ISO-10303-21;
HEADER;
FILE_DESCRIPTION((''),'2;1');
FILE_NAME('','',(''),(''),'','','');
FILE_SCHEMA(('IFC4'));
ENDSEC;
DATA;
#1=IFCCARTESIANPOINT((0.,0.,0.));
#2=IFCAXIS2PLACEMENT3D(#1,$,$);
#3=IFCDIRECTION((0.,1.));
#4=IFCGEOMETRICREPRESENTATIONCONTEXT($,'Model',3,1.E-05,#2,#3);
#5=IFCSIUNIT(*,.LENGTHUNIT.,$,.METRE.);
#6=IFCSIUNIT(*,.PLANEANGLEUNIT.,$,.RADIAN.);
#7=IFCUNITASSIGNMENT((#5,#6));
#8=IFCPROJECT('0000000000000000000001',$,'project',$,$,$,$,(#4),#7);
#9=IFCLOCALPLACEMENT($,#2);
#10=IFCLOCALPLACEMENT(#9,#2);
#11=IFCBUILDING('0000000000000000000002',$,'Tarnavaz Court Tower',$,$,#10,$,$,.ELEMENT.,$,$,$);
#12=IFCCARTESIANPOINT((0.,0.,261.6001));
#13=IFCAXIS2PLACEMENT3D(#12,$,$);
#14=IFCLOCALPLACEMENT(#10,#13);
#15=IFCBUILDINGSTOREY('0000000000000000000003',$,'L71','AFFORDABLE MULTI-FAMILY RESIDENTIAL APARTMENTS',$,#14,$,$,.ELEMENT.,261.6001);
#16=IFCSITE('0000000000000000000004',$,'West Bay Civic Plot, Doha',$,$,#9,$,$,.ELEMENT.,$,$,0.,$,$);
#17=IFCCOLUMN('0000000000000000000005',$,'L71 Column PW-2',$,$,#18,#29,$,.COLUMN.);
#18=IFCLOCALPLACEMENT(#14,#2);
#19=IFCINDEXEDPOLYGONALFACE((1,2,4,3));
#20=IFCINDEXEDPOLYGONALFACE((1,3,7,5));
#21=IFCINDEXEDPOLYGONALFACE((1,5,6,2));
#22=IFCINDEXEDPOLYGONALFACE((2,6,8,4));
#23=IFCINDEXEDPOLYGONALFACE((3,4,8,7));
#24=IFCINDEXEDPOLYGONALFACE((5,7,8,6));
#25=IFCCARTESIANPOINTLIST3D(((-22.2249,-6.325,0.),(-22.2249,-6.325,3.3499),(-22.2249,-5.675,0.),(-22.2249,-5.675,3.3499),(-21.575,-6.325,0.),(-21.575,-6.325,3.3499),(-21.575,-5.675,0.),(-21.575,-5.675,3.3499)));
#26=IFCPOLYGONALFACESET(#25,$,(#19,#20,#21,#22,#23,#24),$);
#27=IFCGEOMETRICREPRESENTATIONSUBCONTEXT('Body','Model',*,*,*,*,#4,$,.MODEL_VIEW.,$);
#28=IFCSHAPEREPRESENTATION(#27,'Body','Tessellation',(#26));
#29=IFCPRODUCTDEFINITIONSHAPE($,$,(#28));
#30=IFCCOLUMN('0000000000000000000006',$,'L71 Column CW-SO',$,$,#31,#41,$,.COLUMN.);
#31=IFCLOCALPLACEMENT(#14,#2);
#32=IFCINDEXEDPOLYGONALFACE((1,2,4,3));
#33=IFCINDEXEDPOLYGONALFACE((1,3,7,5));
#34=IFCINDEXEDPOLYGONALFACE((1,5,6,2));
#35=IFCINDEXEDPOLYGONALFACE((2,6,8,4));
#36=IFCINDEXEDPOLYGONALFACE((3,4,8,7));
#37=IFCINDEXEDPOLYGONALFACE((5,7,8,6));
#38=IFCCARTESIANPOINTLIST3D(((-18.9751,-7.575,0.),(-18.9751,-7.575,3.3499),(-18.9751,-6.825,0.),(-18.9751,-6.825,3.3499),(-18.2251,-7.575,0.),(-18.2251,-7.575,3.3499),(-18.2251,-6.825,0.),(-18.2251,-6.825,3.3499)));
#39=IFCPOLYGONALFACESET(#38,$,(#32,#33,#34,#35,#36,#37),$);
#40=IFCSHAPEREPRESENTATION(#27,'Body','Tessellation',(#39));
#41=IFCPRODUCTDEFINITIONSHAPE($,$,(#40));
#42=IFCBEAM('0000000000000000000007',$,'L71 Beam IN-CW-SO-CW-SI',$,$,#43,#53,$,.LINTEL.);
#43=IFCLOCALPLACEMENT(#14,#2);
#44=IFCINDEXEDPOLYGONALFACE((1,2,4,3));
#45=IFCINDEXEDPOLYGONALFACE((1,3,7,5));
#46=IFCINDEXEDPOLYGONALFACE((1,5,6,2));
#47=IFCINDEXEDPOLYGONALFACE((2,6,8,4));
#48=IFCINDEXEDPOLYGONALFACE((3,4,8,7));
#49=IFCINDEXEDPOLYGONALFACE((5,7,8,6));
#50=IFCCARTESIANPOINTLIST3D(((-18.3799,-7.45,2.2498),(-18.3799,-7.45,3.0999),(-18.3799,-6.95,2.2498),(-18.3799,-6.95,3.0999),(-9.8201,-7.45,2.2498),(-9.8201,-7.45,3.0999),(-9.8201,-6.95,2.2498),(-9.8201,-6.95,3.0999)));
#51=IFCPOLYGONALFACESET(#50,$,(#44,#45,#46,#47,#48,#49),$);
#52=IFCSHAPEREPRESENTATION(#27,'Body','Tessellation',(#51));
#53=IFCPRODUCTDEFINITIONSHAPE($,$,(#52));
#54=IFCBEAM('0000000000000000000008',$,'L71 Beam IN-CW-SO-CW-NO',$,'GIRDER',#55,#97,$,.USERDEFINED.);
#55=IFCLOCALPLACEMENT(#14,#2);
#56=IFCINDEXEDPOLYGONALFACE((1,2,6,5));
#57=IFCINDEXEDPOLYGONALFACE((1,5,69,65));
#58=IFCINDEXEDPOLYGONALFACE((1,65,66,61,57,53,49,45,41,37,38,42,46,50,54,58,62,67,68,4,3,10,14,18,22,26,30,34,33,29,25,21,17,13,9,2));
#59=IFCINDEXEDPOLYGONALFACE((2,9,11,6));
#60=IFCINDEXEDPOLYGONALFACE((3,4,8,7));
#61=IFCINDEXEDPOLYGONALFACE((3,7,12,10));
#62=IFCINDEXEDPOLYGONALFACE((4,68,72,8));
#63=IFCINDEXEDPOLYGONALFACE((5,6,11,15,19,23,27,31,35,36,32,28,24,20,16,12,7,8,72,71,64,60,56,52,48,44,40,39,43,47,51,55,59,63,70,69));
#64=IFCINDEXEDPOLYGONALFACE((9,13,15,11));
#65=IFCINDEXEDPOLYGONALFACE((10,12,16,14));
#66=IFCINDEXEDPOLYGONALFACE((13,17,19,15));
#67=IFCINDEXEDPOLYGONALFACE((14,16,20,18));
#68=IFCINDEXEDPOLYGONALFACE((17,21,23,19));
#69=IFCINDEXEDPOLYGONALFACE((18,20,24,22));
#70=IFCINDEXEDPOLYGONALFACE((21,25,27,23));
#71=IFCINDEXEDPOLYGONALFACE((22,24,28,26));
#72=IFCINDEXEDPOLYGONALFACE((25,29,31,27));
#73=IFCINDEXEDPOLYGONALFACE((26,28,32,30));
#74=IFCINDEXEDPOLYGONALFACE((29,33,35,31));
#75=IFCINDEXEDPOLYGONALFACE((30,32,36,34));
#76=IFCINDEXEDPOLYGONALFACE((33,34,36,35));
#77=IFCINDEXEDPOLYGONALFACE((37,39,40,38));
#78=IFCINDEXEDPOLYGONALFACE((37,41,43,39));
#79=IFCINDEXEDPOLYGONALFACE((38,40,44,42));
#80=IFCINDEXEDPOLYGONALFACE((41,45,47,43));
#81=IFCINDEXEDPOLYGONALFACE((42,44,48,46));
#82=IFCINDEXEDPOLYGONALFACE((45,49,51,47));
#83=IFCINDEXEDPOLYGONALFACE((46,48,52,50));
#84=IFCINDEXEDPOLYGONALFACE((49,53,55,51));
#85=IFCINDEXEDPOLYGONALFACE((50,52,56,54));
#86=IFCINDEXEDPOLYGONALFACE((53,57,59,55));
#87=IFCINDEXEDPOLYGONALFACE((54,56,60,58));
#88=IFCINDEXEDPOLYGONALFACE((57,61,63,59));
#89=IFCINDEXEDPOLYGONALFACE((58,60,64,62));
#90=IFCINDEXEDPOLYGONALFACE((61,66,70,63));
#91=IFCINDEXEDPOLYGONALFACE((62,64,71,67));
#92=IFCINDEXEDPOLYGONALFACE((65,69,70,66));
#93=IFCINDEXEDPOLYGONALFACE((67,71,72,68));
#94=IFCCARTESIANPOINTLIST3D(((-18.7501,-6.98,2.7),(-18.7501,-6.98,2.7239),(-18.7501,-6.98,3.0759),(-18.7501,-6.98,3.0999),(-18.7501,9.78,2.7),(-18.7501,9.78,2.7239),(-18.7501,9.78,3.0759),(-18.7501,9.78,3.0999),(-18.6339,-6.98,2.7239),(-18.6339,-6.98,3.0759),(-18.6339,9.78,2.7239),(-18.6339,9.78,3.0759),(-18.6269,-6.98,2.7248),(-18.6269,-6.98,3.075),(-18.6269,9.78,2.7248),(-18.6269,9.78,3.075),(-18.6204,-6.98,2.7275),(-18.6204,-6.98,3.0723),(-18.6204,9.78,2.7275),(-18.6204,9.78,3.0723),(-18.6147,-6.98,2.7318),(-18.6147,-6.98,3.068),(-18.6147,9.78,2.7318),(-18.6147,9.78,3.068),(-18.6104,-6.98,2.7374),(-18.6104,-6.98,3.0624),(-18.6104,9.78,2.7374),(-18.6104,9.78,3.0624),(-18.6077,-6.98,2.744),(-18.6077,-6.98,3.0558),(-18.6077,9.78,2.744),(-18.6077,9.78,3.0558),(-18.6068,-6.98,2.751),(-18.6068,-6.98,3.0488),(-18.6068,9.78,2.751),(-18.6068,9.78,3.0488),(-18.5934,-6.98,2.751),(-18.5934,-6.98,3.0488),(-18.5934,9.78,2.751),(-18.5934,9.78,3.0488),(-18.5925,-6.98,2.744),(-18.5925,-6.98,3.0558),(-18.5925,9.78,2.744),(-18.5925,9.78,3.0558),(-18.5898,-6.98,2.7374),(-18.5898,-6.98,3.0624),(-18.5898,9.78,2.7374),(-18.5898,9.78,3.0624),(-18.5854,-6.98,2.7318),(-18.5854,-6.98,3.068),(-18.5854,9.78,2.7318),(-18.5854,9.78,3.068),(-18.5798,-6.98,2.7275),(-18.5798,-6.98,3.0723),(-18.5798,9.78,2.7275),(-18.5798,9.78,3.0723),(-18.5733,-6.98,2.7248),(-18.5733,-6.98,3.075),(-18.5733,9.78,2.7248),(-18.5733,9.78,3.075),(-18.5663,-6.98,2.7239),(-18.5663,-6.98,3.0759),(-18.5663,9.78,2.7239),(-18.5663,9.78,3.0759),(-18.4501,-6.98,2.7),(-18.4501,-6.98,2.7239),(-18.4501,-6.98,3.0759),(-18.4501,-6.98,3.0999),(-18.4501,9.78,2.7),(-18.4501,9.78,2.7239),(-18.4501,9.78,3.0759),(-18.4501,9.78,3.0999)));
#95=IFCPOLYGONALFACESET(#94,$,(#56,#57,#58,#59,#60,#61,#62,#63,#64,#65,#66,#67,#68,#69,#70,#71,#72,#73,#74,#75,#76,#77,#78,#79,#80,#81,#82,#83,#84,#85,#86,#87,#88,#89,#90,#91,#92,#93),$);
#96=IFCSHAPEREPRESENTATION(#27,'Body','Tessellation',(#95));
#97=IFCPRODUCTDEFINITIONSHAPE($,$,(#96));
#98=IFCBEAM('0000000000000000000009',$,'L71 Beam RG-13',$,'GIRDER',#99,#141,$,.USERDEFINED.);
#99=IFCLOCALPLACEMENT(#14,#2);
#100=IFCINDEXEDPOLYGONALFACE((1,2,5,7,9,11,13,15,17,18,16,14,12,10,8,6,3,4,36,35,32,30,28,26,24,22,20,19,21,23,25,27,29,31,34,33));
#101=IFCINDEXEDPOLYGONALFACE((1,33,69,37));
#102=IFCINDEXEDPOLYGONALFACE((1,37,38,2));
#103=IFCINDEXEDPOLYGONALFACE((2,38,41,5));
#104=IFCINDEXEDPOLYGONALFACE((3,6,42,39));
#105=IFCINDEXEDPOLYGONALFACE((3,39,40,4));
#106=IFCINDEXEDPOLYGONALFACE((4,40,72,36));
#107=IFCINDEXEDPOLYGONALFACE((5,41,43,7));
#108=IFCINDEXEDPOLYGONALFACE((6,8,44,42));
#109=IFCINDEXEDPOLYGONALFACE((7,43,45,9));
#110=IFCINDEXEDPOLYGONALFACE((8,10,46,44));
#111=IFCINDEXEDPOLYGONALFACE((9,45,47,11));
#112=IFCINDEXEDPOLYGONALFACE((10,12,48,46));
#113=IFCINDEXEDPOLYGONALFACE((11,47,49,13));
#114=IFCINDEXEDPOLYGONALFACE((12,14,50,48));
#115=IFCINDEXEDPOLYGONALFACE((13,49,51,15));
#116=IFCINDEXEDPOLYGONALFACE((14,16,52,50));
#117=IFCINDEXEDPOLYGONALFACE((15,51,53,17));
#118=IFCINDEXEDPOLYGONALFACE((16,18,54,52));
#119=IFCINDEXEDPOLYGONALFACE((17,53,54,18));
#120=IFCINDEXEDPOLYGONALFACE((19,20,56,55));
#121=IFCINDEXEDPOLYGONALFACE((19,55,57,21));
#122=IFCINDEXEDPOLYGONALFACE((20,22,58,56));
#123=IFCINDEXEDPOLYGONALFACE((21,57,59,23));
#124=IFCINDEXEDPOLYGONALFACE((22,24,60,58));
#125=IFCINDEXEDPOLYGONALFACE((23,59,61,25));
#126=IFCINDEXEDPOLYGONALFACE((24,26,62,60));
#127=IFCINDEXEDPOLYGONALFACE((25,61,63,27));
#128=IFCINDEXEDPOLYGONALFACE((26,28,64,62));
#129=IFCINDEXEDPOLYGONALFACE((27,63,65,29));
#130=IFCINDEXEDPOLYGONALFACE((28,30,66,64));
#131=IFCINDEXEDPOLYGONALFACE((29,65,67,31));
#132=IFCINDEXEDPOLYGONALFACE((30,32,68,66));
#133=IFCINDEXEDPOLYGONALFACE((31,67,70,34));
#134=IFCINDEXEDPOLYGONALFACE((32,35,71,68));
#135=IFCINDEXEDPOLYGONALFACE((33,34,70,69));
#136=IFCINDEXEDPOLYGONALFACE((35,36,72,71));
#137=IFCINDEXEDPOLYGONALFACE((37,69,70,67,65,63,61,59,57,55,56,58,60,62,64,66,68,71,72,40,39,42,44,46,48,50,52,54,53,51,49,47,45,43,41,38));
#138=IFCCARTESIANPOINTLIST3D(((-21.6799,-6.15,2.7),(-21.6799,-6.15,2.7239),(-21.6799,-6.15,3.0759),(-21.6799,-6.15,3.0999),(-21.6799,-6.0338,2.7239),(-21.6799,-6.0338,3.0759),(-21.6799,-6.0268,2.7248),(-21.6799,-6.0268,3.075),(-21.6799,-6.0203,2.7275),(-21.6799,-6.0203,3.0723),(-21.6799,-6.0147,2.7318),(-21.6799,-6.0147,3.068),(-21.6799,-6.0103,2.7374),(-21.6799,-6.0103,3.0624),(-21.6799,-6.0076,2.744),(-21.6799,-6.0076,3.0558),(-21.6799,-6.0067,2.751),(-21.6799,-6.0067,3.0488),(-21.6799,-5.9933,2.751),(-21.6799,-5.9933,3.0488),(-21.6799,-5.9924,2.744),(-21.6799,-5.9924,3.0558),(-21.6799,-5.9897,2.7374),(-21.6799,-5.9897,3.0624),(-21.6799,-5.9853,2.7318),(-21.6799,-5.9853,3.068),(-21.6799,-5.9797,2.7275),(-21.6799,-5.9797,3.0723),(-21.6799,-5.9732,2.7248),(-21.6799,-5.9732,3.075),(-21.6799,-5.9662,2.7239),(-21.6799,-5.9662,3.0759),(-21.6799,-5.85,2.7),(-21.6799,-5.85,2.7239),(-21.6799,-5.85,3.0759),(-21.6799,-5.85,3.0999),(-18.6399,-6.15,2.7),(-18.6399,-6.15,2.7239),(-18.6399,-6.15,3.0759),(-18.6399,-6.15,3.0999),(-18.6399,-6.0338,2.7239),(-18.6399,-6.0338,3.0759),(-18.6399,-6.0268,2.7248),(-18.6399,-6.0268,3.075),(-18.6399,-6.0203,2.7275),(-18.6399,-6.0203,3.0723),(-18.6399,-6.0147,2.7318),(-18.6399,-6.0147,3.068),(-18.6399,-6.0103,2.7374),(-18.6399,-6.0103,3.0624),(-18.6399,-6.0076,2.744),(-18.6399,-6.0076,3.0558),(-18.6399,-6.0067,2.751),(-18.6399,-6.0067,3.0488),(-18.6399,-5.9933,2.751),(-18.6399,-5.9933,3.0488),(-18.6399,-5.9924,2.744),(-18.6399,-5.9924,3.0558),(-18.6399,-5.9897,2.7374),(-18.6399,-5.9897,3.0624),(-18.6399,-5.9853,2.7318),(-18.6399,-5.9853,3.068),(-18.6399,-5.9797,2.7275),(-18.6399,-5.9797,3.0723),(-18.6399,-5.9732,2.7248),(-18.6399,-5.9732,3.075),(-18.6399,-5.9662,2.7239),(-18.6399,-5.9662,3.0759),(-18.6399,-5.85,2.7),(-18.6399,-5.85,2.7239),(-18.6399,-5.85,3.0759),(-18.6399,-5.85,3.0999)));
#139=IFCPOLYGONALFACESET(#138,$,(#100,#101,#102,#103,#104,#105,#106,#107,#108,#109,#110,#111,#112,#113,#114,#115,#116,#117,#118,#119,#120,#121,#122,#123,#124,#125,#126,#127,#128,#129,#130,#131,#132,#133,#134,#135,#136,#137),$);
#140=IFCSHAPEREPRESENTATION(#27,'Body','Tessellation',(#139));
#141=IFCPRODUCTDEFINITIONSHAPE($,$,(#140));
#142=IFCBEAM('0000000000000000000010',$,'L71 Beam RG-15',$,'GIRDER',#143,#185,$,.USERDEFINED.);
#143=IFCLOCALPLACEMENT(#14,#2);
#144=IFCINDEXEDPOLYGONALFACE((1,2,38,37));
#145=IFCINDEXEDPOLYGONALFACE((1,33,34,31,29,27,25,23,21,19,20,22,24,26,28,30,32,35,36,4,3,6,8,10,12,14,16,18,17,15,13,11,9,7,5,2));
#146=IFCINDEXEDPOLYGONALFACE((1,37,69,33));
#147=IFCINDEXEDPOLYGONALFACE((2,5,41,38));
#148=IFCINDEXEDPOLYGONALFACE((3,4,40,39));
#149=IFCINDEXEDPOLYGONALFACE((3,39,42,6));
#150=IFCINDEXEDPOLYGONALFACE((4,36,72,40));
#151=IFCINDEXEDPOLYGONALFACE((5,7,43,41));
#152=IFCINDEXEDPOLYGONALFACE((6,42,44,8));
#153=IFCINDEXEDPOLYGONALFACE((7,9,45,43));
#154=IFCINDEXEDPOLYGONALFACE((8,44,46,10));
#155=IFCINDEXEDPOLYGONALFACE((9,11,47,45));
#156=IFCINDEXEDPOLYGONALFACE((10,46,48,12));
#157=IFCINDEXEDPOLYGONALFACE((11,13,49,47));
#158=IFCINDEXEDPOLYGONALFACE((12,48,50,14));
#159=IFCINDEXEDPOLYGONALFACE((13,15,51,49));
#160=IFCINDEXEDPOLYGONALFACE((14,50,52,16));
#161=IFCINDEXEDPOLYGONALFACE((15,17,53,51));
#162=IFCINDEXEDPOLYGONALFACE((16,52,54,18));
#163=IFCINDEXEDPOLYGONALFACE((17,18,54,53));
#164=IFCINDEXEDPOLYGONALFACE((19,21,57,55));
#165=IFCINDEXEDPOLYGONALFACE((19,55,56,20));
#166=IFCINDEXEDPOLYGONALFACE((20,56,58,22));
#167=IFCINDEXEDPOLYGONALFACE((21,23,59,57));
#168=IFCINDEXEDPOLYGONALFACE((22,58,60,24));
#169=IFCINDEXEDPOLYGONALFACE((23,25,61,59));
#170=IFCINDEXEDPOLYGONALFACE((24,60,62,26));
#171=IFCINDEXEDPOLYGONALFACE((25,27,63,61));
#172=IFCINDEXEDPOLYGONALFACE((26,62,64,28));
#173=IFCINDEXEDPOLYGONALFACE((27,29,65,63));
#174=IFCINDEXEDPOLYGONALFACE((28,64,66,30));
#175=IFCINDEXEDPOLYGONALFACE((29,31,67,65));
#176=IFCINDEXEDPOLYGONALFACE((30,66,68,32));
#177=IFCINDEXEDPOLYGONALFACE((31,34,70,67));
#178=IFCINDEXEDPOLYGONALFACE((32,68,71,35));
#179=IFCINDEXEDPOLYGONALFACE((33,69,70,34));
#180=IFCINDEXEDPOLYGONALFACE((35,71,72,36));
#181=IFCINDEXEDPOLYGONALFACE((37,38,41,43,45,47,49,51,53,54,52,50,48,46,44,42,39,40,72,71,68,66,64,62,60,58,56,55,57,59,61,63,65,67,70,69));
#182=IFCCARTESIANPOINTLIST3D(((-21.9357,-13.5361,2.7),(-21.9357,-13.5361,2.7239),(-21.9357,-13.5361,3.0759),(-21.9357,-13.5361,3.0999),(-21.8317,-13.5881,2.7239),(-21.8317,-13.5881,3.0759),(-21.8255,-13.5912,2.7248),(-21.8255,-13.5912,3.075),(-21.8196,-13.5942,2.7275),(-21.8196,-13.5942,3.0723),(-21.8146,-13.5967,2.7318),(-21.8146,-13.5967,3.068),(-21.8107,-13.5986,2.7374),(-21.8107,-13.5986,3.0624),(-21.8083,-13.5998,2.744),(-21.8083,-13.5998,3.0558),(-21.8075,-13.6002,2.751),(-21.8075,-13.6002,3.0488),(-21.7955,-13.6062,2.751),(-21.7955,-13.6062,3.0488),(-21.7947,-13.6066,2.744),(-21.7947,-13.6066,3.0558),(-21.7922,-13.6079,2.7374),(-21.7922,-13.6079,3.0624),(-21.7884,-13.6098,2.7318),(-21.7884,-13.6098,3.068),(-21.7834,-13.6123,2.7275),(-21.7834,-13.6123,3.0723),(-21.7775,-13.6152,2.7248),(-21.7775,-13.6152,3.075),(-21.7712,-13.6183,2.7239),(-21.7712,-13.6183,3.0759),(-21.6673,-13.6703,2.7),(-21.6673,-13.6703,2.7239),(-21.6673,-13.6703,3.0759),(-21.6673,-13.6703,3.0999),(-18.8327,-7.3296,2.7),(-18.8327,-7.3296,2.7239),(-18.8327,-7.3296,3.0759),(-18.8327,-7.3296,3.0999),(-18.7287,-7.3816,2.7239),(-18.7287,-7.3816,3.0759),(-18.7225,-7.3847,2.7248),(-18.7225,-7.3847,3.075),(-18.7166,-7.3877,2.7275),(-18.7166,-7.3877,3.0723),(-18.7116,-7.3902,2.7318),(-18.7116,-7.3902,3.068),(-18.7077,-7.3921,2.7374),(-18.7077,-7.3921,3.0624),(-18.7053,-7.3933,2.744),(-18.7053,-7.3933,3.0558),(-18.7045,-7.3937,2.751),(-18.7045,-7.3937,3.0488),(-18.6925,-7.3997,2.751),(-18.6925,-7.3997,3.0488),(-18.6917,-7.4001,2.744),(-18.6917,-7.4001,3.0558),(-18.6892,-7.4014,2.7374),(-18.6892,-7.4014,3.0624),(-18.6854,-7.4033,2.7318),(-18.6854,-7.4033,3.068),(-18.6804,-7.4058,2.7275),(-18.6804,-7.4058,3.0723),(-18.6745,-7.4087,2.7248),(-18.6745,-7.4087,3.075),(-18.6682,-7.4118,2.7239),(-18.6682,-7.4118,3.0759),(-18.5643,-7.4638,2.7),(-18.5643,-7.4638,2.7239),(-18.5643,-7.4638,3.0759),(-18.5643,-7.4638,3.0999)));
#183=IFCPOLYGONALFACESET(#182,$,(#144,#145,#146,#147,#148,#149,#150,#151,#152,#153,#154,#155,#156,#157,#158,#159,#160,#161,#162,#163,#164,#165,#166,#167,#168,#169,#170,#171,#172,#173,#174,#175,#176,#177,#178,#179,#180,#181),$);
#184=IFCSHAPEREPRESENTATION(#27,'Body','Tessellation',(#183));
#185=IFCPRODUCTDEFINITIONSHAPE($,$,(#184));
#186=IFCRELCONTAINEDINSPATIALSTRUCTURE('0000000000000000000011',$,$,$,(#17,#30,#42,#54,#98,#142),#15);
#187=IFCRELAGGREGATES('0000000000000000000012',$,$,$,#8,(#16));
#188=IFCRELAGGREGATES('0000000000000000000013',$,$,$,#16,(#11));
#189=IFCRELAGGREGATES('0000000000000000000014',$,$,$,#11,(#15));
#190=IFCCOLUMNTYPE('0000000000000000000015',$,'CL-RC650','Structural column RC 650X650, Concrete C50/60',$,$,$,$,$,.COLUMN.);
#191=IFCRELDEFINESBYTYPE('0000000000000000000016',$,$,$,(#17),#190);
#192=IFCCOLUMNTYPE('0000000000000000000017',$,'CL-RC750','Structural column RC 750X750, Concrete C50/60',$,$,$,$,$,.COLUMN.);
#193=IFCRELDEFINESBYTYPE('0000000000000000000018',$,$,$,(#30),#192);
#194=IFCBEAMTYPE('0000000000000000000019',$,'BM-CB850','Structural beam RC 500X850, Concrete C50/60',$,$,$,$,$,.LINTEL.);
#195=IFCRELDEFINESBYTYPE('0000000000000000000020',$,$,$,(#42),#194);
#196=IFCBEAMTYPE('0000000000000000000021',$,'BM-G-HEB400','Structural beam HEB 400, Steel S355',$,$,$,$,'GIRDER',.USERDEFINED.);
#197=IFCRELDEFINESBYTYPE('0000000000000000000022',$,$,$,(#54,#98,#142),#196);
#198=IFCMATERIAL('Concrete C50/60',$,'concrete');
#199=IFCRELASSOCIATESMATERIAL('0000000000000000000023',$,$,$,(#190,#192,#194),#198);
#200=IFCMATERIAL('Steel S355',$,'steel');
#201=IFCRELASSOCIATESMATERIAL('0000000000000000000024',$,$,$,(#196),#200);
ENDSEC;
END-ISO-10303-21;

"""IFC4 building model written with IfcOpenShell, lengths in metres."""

from ifc_helpers import new_model, si_unit, direction, frame, origin, origin_2d, place, context, subcontext, project, spatial, rectangle, i_section, extrude, material, material_profile, profile_set, type_object, element, save


model = new_model("IFC4")

# Units and contexts
model_context = context("Model", 3, precision=1e-05, world=origin(), true_north=direction((0.0, 1.0)))
body_context = subcontext(model_context, "Body", "Model", "MODEL_VIEW")
ifc_project = project(units=[si_unit("LENGTHUNIT", "METRE"), si_unit("PLANEANGLEUNIT", "RADIAN")], contexts=[model_context])

# Site, building, storey
site_placement = place(None, origin())
site = spatial("IfcSite", under=ifc_project, at=site_placement, Name="West Bay Civic Plot, Doha", CompositionType="ELEMENT", RefElevation=0.0)
building_placement = place(site_placement, origin())
building = spatial("IfcBuilding", under=site, at=building_placement, Name="Tarnavaz Court Tower", CompositionType="ELEMENT")
storey_placement = place(building_placement, frame((0.0, 0.0, 261.6001)))
storey = spatial("IfcBuildingStorey", under=building, at=storey_placement, Name="L71", Description="AFFORDABLE MULTI-FAMILY RESIDENTIAL APARTMENTS", CompositionType="ELEMENT", Elevation=261.6001)

# Columns
ifc_material_1 = material(Name="Concrete C50/60", Category="concrete")
ifc_material_profile_1 = material_profile(ifc_material_1, rectangle(XDim=0.6499, YDim=0.6499, at=origin_2d()), Name="RC 650X650")
ifc_profile_set_1 = profile_set([ifc_material_profile_1], Name="Concrete C50/60")
column_type_1 = type_object("IfcColumnType", Name="CL-RC650", Description="Structural column RC 650X650, Concrete C50/60", PredefinedType="COLUMN", material=ifc_profile_set_1)
column_1_placement = place(storey_placement, frame((-21.8999, -6.0, 0.0), z_axis=(0.0, 0.0, 1.0), x_axis=(1.0, 0.0, 0.0)))
element("IfcColumn", 1, at=column_1_placement, inside=storey, type_object=column_type_1, Name="L71 Column PW-2", PredefinedType="COLUMN", context=body_context, shape_type="SweptSolid", body=[
    extrude(rectangle(XDim=0.6499, YDim=0.6499, at=origin_2d()), origin(), (0.0, 0.0, 1.0), 3.3499),
])
ifc_material_profile_2 = material_profile(ifc_material_1, rectangle(XDim=0.75, YDim=0.75, at=origin_2d()), Name="RC 750X750")
ifc_profile_set_2 = profile_set([ifc_material_profile_2], Name="Concrete C50/60")
column_type_2 = type_object("IfcColumnType", Name="CL-RC750", Description="Structural column RC 750X750, Concrete C50/60", PredefinedType="COLUMN", material=ifc_profile_set_2)
column_2_placement = place(storey_placement, frame((-18.6001, -7.2, 0.0), z_axis=(0.0, 0.0, 1.0), x_axis=(1.0, 0.0, 0.0)))
element("IfcColumn", 2, at=column_2_placement, inside=storey, type_object=column_type_2, Name="L71 Column CW-SO", PredefinedType="COLUMN", context=body_context, shape_type="SweptSolid", body=[
    extrude(rectangle(XDim=0.75, YDim=0.75, at=origin_2d()), origin(), (0.0, 0.0, 1.0), 3.3499),
])

# Beams
ifc_material_profile_3 = material_profile(ifc_material_1, rectangle(XDim=0.5, YDim=0.8501, at=origin_2d()), Name="RC 500X850")
ifc_profile_set_3 = profile_set([ifc_material_profile_3], Name="Concrete C50/60")
beam_type_1 = type_object("IfcBeamType", Name="BM-CB850", Description="Structural beam RC 500X850, Concrete C50/60", PredefinedType="LINTEL", material=ifc_profile_set_3)
beam_1_placement = place(storey_placement, frame((-18.3799, -7.2, 2.6748), z_axis=(1.0, 0.0, 0.0), x_axis=(0.0, 1.0, 0.0)))
element("IfcBeam", 3, at=beam_1_placement, inside=storey, type_object=beam_type_1, Name="L71 Beam IN-CW-SO-CW-SI", PredefinedType="LINTEL", context=body_context, shape_type="SweptSolid", body=[
    extrude(rectangle(XDim=0.5, YDim=0.8501, at=origin_2d()), origin(), (0.0, 0.0, 1.0), 8.5598),
])
ifc_material_2 = material(Name="Steel S355", Category="steel")
ifc_material_profile_4 = material_profile(ifc_material_2, i_section(OverallWidth=0.3, OverallDepth=0.3999, WebThickness=0.0134, FlangeThickness=0.0239, FilletRadius=0.0271, at=origin_2d()), Name="HEB 400")
ifc_profile_set_4 = profile_set([ifc_material_profile_4], Name="Steel S355")
beam_type_2 = type_object("IfcBeamType", Name="BM-G-HEB400", Description="Structural beam HEB 400, Steel S355", ElementType="GIRDER", PredefinedType="USERDEFINED", material=ifc_profile_set_4)
beam_2_placement = place(storey_placement, frame((-18.6001, -6.98, 2.8999), z_axis=(0.0, 1.0, 0.0), x_axis=(-1.0, 0.0, 0.0)))
element("IfcBeam", 4, at=beam_2_placement, inside=storey, type_object=beam_type_2, Name="L71 Beam IN-CW-SO-CW-NO", ObjectType="GIRDER", PredefinedType="USERDEFINED", context=body_context, shape_type="SweptSolid", body=[
    extrude(i_section(OverallWidth=0.3, OverallDepth=0.3999, WebThickness=0.0134, FlangeThickness=0.0239, FilletRadius=0.0271, at=origin_2d()), origin(), (0.0, 0.0, 1.0), 16.76),
])
beam_3_placement = place(storey_placement, frame((-18.6399, -6.0, 2.8999), z_axis=(-1.0, 0.0, 0.0), x_axis=(0.0, -1.0, 0.0)))
element("IfcBeam", 5, at=beam_3_placement, inside=storey, type_object=beam_type_2, Name="L71 Beam RG-13", ObjectType="GIRDER", PredefinedType="USERDEFINED", context=body_context, shape_type="SweptSolid", body=[
    extrude(i_section(OverallWidth=0.3, OverallDepth=0.3999, WebThickness=0.0134, FlangeThickness=0.0239, FilletRadius=0.0271, at=origin_2d()), origin(), (0.0, 0.0, 1.0), 3.04),
])
beam_4_placement = place(storey_placement, frame((-18.6985, -7.3967, 2.8999), z_axis=(-0.447185, -0.894441, 0.0), x_axis=(0.894441, -0.447185, 0.0)))
element("IfcBeam", 6, at=beam_4_placement, inside=storey, type_object=beam_type_2, Name="L71 Beam RG-15", ObjectType="GIRDER", PredefinedType="USERDEFINED", context=body_context, shape_type="SweptSolid", body=[
    extrude(i_section(OverallWidth=0.3, OverallDepth=0.3999, WebThickness=0.0134, FlangeThickness=0.0239, FilletRadius=0.0271, at=origin_2d()), origin(), (0.0, 0.0, 1.0), 6.939),
])

save(model, "model.ifc")
